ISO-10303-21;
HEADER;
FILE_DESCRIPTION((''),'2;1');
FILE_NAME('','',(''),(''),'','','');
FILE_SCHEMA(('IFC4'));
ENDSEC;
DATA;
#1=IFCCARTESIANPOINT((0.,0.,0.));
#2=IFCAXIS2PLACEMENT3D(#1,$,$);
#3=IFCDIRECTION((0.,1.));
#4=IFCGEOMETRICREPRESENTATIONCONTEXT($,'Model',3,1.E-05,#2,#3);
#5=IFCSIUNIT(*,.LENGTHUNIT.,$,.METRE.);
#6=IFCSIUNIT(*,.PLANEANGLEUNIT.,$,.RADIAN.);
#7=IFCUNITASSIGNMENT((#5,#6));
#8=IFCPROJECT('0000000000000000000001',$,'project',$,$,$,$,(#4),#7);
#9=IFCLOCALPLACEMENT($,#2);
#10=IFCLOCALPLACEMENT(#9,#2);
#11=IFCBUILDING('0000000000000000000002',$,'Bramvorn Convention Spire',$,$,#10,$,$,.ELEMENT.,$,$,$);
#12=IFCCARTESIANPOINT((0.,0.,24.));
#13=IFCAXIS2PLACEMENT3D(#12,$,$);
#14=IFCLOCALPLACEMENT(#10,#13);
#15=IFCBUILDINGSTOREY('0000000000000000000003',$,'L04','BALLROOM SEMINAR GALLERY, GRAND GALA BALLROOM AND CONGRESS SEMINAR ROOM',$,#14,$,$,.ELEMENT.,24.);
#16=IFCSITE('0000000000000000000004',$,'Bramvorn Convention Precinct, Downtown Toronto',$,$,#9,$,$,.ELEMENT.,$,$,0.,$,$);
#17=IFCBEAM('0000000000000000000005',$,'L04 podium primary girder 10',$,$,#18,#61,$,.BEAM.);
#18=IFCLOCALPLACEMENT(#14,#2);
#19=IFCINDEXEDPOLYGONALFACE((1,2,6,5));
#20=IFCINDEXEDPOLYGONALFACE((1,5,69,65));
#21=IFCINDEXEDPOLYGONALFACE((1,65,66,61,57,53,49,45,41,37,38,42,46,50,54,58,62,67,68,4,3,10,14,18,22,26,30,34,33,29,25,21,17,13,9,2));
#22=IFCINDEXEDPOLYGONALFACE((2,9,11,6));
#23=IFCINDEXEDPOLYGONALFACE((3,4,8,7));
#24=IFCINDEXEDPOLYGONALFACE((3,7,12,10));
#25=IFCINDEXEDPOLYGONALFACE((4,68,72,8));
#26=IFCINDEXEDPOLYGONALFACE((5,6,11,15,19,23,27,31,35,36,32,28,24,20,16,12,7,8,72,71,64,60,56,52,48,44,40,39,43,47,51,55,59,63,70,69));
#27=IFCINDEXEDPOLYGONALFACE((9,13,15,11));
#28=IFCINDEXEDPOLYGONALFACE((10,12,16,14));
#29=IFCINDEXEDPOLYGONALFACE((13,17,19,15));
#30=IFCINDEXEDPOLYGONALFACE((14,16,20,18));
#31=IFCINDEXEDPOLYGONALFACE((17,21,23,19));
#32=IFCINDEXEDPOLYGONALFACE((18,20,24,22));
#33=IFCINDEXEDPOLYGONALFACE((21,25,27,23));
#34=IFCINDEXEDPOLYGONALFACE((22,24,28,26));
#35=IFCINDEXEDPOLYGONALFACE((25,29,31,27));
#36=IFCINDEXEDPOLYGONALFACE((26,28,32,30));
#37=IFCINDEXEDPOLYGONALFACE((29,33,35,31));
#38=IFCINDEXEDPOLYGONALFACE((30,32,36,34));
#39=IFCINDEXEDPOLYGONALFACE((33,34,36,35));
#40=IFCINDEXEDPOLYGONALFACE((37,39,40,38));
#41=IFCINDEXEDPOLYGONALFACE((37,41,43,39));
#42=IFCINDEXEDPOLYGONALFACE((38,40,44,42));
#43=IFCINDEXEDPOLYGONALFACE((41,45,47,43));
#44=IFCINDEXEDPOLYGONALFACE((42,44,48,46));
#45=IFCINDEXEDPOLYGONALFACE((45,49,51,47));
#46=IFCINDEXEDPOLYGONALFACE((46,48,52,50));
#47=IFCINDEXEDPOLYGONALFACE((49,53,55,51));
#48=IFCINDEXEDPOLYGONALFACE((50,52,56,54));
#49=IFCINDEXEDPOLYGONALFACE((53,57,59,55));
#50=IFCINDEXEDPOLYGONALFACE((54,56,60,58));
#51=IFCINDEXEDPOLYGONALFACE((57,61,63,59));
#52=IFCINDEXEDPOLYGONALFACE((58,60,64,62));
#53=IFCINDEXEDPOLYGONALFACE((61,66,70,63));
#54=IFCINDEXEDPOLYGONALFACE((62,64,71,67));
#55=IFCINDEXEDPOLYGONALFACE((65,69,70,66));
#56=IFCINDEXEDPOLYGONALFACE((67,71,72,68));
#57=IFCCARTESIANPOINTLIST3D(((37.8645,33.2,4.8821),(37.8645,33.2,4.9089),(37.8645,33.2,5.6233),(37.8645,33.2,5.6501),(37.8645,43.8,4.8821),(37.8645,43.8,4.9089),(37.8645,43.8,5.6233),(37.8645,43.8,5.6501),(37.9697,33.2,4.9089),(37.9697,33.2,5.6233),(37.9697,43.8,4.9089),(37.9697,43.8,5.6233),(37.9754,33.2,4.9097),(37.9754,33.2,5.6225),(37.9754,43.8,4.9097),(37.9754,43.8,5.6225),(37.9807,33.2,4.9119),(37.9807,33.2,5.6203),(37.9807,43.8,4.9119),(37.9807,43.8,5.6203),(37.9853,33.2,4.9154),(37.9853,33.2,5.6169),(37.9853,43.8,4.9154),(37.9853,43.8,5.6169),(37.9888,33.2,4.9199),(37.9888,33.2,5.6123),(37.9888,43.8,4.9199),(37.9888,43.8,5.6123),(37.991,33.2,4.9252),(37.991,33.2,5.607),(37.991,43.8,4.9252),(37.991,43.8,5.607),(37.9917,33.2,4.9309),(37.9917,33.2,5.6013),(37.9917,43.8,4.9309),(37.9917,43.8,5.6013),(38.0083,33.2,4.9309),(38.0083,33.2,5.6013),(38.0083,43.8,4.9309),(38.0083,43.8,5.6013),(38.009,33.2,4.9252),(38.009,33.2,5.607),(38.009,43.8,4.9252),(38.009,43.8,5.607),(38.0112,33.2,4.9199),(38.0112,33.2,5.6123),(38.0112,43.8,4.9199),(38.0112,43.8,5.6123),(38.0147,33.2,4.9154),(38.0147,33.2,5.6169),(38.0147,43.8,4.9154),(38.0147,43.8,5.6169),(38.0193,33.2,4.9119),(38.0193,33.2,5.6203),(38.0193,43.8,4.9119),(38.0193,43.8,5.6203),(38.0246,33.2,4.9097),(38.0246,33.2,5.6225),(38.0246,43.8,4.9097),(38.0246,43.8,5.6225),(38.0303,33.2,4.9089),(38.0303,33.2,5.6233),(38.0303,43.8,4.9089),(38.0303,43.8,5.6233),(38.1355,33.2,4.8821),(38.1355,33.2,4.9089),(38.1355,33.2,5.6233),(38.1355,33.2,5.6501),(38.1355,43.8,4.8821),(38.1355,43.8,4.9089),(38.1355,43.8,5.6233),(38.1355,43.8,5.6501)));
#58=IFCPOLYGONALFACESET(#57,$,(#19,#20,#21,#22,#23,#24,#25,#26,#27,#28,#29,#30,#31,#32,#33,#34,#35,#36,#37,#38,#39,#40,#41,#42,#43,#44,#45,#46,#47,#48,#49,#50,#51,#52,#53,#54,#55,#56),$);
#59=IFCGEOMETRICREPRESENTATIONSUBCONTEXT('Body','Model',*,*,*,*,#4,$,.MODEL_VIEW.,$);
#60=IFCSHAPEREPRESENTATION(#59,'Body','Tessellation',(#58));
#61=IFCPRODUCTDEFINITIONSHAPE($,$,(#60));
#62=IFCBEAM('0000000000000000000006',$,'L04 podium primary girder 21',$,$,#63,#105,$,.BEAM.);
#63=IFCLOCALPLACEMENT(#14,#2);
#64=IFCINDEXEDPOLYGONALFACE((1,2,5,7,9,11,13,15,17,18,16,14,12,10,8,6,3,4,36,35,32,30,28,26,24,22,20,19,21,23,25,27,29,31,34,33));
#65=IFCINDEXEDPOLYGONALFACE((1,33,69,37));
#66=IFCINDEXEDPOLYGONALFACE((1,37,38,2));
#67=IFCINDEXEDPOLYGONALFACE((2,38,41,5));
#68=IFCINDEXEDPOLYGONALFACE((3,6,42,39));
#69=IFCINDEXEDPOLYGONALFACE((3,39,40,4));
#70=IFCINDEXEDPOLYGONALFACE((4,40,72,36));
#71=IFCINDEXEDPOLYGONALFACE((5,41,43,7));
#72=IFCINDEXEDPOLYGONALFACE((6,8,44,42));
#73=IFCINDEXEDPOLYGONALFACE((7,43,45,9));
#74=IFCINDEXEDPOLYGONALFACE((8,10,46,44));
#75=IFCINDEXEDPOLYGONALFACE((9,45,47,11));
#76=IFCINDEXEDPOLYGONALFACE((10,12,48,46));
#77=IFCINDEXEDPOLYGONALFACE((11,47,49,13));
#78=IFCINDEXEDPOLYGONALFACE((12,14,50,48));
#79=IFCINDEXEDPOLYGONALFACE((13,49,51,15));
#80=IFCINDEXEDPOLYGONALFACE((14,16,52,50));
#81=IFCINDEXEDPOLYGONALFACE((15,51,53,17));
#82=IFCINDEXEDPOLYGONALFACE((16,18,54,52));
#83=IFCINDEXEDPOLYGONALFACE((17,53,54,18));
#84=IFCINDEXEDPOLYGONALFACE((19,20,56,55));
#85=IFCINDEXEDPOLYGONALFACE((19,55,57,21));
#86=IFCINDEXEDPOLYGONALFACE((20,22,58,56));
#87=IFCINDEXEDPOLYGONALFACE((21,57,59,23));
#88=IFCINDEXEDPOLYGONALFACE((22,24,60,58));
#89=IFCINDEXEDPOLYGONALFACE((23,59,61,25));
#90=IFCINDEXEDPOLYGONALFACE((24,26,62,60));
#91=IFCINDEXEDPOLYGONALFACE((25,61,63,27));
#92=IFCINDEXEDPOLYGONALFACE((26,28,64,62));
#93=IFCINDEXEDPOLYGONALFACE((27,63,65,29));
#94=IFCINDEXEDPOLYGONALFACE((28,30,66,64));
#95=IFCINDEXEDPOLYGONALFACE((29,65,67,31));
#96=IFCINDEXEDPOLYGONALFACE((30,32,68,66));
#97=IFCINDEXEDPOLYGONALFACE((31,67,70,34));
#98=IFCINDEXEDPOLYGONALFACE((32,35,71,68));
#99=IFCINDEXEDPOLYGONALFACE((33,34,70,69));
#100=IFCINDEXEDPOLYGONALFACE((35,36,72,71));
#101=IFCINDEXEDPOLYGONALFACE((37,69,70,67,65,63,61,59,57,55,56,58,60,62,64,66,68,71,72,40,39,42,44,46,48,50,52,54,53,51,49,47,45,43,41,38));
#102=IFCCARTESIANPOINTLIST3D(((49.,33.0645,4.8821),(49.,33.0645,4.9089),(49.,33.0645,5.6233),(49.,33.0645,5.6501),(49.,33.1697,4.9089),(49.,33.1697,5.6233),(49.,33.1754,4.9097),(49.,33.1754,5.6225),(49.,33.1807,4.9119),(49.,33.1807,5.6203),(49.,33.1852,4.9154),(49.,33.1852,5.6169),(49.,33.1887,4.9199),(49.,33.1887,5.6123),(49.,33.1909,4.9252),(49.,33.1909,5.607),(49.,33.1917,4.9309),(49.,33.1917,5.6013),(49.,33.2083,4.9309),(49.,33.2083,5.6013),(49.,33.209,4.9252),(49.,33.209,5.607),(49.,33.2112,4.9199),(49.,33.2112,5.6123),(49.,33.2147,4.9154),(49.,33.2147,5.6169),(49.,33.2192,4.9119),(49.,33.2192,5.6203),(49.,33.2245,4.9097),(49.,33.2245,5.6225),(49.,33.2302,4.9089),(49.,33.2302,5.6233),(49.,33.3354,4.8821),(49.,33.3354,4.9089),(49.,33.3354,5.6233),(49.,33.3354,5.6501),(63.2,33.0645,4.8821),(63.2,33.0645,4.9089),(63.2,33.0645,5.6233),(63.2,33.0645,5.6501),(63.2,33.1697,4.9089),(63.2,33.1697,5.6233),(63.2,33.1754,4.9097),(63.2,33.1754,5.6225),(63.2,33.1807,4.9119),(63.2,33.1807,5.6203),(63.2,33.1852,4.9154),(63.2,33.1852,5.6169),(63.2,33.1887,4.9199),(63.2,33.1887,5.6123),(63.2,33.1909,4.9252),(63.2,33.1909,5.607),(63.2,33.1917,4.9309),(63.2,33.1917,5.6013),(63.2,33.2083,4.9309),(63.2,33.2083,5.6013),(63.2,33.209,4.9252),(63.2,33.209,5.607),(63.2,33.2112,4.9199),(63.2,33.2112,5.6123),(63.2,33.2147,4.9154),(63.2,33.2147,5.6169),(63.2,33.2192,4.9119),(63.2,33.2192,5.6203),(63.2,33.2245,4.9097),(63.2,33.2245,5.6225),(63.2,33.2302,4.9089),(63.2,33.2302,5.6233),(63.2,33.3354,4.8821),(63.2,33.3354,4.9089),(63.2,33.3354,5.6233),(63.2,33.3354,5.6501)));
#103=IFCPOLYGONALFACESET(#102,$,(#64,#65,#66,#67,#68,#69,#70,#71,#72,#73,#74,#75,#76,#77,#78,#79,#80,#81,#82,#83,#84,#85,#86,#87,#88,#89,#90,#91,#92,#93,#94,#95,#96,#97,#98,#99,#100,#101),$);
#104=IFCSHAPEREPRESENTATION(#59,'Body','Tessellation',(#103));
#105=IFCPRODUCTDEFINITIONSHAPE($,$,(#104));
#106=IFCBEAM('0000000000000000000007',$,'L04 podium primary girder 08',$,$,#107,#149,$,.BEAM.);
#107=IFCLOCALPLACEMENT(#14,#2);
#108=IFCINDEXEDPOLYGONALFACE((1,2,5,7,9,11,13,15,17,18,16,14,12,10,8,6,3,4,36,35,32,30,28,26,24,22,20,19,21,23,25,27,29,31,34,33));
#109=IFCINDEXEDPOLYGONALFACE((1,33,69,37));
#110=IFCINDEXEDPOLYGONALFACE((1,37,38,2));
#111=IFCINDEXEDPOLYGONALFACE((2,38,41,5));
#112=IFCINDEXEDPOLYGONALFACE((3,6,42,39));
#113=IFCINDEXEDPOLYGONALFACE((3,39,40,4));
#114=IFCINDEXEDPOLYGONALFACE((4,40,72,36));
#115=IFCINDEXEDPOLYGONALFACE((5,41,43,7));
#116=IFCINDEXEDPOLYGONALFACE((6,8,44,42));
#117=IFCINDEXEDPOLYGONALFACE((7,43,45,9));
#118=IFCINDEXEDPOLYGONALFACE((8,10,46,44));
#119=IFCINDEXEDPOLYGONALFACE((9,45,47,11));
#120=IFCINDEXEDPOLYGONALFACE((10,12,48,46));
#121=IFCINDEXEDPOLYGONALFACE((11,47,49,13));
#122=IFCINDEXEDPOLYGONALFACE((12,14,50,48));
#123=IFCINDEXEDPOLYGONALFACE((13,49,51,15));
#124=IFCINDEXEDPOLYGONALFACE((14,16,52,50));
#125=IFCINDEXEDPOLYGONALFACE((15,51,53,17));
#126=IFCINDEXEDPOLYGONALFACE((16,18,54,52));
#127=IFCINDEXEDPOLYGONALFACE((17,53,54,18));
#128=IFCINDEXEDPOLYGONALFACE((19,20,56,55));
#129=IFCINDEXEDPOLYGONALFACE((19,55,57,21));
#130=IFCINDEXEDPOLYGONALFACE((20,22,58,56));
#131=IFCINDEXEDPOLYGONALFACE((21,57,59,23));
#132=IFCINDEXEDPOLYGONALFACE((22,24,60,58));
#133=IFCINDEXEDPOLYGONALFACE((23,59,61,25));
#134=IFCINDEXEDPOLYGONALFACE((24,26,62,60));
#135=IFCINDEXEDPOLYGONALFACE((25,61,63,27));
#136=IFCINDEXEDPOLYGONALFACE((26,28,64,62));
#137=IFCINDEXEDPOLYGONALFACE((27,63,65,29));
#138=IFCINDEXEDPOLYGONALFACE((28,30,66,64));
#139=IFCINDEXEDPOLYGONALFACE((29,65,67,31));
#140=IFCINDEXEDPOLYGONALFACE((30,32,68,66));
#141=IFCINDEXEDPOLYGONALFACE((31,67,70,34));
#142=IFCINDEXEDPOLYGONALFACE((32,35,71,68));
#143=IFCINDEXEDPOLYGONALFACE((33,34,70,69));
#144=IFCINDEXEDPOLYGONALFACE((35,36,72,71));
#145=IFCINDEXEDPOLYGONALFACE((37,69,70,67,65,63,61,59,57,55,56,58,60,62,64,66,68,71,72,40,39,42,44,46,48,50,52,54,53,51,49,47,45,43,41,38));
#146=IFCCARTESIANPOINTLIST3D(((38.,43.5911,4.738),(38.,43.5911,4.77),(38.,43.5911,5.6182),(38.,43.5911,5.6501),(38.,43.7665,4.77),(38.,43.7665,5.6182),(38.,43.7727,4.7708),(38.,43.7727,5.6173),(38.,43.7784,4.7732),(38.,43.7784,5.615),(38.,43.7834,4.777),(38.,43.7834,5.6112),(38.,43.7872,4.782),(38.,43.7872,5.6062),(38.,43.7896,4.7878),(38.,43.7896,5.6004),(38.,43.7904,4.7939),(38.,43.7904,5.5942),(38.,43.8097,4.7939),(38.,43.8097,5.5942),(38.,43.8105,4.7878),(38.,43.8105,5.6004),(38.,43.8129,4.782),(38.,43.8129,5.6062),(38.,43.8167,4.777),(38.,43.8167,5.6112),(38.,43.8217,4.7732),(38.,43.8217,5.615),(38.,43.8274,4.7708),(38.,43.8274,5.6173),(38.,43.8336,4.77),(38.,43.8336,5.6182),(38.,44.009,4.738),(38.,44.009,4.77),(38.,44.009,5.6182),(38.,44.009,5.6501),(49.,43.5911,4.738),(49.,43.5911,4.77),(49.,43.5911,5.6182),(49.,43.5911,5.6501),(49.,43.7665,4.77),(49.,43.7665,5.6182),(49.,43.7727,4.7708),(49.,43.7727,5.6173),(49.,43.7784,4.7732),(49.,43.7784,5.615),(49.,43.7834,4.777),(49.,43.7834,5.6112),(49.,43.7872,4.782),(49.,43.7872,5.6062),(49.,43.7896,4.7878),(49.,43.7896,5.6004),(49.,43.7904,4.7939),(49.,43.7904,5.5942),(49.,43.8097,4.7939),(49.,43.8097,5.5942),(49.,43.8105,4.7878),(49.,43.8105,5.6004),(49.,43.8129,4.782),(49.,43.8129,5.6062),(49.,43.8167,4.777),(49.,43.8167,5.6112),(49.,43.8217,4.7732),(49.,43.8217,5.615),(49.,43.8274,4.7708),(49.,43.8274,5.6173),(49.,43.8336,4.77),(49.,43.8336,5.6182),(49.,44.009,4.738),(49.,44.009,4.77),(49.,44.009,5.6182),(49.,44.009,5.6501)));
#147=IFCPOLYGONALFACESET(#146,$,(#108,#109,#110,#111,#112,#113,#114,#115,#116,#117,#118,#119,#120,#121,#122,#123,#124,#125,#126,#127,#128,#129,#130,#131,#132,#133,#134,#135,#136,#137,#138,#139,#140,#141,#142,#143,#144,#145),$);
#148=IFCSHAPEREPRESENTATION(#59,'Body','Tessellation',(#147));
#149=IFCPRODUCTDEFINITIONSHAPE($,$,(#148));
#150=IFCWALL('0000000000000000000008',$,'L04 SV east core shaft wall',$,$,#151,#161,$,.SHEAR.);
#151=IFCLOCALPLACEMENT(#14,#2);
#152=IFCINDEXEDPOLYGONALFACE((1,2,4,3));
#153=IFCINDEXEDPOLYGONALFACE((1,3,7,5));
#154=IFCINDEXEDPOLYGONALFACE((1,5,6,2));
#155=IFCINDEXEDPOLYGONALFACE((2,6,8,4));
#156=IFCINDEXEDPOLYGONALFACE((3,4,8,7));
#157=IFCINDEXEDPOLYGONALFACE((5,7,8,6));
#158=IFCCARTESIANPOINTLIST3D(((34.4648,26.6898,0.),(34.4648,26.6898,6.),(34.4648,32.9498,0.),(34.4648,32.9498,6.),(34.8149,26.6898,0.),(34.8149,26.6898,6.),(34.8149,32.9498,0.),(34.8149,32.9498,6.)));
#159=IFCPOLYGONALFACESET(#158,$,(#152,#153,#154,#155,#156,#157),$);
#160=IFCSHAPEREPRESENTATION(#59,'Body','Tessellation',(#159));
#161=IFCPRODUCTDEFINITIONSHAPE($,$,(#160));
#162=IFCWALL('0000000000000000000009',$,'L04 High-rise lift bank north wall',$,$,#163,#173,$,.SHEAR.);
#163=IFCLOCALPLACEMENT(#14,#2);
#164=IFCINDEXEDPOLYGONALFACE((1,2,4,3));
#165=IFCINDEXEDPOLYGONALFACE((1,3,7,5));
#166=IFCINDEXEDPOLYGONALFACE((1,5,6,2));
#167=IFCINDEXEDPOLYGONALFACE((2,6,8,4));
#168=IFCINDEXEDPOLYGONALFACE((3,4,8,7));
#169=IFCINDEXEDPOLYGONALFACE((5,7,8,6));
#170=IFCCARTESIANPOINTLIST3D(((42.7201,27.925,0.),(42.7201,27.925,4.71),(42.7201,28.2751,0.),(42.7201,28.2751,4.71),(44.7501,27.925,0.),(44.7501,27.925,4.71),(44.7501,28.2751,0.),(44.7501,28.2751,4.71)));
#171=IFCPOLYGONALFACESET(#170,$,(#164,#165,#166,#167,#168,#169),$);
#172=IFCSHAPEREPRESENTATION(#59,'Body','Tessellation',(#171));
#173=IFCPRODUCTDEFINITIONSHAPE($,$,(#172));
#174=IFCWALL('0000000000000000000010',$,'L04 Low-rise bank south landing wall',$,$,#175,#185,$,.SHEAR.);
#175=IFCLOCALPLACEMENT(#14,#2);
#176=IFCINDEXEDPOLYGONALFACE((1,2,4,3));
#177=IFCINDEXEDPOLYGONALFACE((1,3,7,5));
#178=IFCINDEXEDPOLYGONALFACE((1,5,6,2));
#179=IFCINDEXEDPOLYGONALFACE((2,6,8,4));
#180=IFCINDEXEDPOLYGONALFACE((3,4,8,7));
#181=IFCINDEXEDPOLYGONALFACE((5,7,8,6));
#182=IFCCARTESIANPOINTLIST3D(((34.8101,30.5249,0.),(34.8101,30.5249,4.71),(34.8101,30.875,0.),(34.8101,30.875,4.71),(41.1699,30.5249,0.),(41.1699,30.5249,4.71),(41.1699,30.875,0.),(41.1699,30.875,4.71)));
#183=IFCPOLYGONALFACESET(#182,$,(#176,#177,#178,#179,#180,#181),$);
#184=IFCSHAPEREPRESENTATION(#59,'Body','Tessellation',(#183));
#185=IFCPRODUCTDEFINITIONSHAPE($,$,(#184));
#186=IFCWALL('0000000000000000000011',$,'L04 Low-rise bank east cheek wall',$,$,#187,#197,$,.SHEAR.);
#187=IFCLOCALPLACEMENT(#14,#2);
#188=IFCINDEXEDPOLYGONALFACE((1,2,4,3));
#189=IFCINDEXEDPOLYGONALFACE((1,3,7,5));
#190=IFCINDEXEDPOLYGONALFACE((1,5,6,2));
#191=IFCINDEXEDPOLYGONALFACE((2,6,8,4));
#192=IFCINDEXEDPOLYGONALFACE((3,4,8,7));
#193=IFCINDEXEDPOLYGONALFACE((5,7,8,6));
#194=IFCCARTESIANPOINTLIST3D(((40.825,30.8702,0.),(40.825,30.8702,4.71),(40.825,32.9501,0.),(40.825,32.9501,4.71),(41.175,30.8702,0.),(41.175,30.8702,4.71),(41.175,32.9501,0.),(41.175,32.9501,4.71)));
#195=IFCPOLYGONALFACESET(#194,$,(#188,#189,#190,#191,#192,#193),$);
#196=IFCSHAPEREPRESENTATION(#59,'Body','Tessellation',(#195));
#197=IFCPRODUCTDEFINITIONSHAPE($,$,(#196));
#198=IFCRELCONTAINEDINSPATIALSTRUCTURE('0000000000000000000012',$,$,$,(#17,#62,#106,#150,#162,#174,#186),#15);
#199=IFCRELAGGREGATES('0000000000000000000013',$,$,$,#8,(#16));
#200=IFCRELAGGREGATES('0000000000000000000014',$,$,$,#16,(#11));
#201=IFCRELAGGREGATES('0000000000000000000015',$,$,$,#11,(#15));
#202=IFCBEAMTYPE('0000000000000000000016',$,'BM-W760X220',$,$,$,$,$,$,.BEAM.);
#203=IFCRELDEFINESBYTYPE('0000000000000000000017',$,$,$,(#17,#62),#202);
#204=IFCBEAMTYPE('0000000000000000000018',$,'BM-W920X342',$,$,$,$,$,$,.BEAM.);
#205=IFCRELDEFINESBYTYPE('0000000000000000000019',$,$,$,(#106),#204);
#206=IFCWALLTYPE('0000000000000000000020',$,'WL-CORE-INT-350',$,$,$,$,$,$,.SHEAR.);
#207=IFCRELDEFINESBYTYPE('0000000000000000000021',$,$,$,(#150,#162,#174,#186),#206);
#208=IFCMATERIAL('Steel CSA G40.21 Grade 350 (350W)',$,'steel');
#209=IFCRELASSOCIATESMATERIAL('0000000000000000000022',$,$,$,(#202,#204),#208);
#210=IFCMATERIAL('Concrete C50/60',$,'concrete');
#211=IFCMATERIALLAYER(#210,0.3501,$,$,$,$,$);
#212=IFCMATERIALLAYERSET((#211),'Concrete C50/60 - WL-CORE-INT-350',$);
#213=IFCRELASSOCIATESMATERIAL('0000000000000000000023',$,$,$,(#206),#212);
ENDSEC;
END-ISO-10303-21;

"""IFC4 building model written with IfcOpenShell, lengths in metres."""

from ifc_helpers import new_model, si_unit, direction, frame, frame_2d, origin, origin_2d, place, context, subcontext, project, spatial, rectangle, i_section, extrude, material, layer, layer_set, material_profile, profile_set, type_object, element, save


model = new_model("IFC4")

# Units and contexts
model_context = context("Model", 3, precision=1e-05, world=origin(), true_north=direction((0.0, 1.0)))
body_context = subcontext(model_context, "Body", "Model", "MODEL_VIEW")
ifc_project = project(units=[si_unit("LENGTHUNIT", "METRE"), si_unit("PLANEANGLEUNIT", "RADIAN")], contexts=[model_context])

# Site, building, storey
site_placement = place(None, origin())
site = spatial("IfcSite", under=ifc_project, at=site_placement, Name="Bramvorn Convention Precinct, Downtown Toronto", CompositionType="ELEMENT", RefElevation=0.0)
building_placement = place(site_placement, origin())
building = spatial("IfcBuilding", under=site, at=building_placement, Name="Bramvorn Convention Spire", CompositionType="ELEMENT")
storey_placement = place(building_placement, frame((0.0, 0.0, 24.0)))
storey = spatial("IfcBuildingStorey", under=building, at=storey_placement, Name="L04", Description="BALLROOM SEMINAR GALLERY, GRAND GALA BALLROOM AND CONGRESS SEMINAR ROOM", CompositionType="ELEMENT", Elevation=24.0)

# Shared definitions
ifc_material_1 = material(Name="Steel CSA G40.21 Grade 350 (350W)", Category="steel")

# Beams
ifc_material_profile_1 = material_profile(ifc_material_1, i_section(OverallWidth=0.271, OverallDepth=0.7681, WebThickness=0.0166, FlangeThickness=0.0269, FilletRadius=0.022, at=origin_2d()))
ifc_profile_set_1 = profile_set([ifc_material_profile_1], Name="Steel CSA G40.21 Grade 350 (350W) - W760X220")
beam_type_1 = type_object("IfcBeamType", Name="BM-W760X220", PredefinedType="BEAM", material=ifc_profile_set_1)
beam_1_placement = place(storey_placement, frame((38.0, 33.2, 5.2661), z_axis=(0.0, 1.0, 0.0), x_axis=(-1.0, 0.0, 0.0)))
element("IfcBeam", 1, at=beam_1_placement, inside=storey, type_object=beam_type_1, Name="L04 podium primary girder 10", PredefinedType="BEAM", context=body_context, shape_type="SweptSolid", body=[
    extrude(i_section(OverallWidth=0.271, OverallDepth=0.7681, WebThickness=0.0166, FlangeThickness=0.0269, FilletRadius=0.022, at=origin_2d()), origin(), (0.0, 0.0, 1.0), 10.6001),
])
beam_2_placement = place(storey_placement, frame((49.0, 33.2, 5.2661), z_axis=(1.0, 0.0, 0.0), x_axis=(0.0, 1.0, 0.0)))
element("IfcBeam", 2, at=beam_2_placement, inside=storey, type_object=beam_type_1, Name="L04 podium primary girder 21", PredefinedType="BEAM", context=body_context, shape_type="SweptSolid", body=[
    extrude(i_section(OverallWidth=0.271, OverallDepth=0.7681, WebThickness=0.0166, FlangeThickness=0.0269, FilletRadius=0.022, at=origin_2d()), origin(), (0.0, 0.0, 1.0), 14.2),
])
ifc_material_profile_2 = material_profile(ifc_material_1, i_section(OverallWidth=0.418, OverallDepth=0.9121, WebThickness=0.0193, FlangeThickness=0.032, FilletRadius=0.0239, at=origin_2d()))
ifc_profile_set_2 = profile_set([ifc_material_profile_2], Name="Steel CSA G40.21 Grade 350 (350W) - W920X342")
beam_type_2 = type_object("IfcBeamType", Name="BM-W920X342", PredefinedType="BEAM", material=ifc_profile_set_2)
beam_3_placement = place(storey_placement, frame((38.0, 43.8, 5.1941), z_axis=(1.0, 0.0, 0.0), x_axis=(0.0, 1.0, 0.0)))
element("IfcBeam", 3, at=beam_3_placement, inside=storey, type_object=beam_type_2, Name="L04 podium primary girder 08", PredefinedType="BEAM", context=body_context, shape_type="SweptSolid", body=[
    extrude(i_section(OverallWidth=0.418, OverallDepth=0.9121, WebThickness=0.0193, FlangeThickness=0.032, FilletRadius=0.0239, at=origin_2d()), origin(), (0.0, 0.0, 1.0), 11.0),
])

# Shared definitions
ifc_material_2 = material(Name="Concrete C50/60", Category="concrete")
ifc_layer_1 = layer(ifc_material_2, 0.3501)
ifc_layer_set_1 = layer_set([ifc_layer_1], Name="Concrete C50/60 - WL-CORE-INT-350")
wall_type_1 = type_object("IfcWallType", Name="WL-CORE-INT-350", PredefinedType="SHEAR", material=ifc_layer_set_1)

# Walls
wall_1_placement = place(storey_placement, frame((34.6399, 26.6899, 0.0), z_axis=(0.0, 0.0, 1.0), x_axis=(0.0, 1.0, 0.0)))
element("IfcWall", 4, at=wall_1_placement, inside=storey, type_object=wall_type_1, Name="L04 SV east core shaft wall", PredefinedType="SHEAR", context=body_context, shape_type="SweptSolid", body=[
    extrude(rectangle(XDim=6.26, YDim=0.3501, at=frame_2d((3.1299, 0.0))), origin(), (0.0, 0.0, 1.0), 6.0),
])
wall_2_placement = place(storey_placement, frame((42.72, 28.1001, 0.0), z_axis=(0.0, 0.0, 1.0), x_axis=(1.0, 0.0, 0.0)))
element("IfcWall", 5, at=wall_2_placement, inside=storey, type_object=wall_type_1, Name="L04 High-rise lift bank north wall", PredefinedType="SHEAR", context=body_context, shape_type="SweptSolid", body=[
    extrude(rectangle(XDim=2.03, YDim=0.3501, at=frame_2d((1.0151, 0.0))), origin(), (0.0, 0.0, 1.0), 4.71),
])
wall_3_placement = place(storey_placement, frame((34.8101, 30.7, 0.0), z_axis=(0.0, 0.0, 1.0), x_axis=(1.0, 0.0, 0.0)))
element("IfcWall", 6, at=wall_3_placement, inside=storey, type_object=wall_type_1, Name="L04 Low-rise bank south landing wall", PredefinedType="SHEAR", context=body_context, shape_type="SweptSolid", body=[
    extrude(rectangle(XDim=6.3599, YDim=0.3501, at=frame_2d((3.1799, 0.0))), origin(), (0.0, 0.0, 1.0), 4.71),
])
wall_4_placement = place(storey_placement, frame((41.0, 30.8701, 0.0), z_axis=(0.0, 0.0, 1.0), x_axis=(0.0, 1.0, 0.0)))
element("IfcWall", 7, at=wall_4_placement, inside=storey, type_object=wall_type_1, Name="L04 Low-rise bank east cheek wall", PredefinedType="SHEAR", context=body_context, shape_type="SweptSolid", body=[
    extrude(rectangle(XDim=2.0798, YDim=0.3501, at=frame_2d((1.04, 0.0))), origin(), (0.0, 0.0, 1.0), 4.71),
])

save(model, "model.ifc")
